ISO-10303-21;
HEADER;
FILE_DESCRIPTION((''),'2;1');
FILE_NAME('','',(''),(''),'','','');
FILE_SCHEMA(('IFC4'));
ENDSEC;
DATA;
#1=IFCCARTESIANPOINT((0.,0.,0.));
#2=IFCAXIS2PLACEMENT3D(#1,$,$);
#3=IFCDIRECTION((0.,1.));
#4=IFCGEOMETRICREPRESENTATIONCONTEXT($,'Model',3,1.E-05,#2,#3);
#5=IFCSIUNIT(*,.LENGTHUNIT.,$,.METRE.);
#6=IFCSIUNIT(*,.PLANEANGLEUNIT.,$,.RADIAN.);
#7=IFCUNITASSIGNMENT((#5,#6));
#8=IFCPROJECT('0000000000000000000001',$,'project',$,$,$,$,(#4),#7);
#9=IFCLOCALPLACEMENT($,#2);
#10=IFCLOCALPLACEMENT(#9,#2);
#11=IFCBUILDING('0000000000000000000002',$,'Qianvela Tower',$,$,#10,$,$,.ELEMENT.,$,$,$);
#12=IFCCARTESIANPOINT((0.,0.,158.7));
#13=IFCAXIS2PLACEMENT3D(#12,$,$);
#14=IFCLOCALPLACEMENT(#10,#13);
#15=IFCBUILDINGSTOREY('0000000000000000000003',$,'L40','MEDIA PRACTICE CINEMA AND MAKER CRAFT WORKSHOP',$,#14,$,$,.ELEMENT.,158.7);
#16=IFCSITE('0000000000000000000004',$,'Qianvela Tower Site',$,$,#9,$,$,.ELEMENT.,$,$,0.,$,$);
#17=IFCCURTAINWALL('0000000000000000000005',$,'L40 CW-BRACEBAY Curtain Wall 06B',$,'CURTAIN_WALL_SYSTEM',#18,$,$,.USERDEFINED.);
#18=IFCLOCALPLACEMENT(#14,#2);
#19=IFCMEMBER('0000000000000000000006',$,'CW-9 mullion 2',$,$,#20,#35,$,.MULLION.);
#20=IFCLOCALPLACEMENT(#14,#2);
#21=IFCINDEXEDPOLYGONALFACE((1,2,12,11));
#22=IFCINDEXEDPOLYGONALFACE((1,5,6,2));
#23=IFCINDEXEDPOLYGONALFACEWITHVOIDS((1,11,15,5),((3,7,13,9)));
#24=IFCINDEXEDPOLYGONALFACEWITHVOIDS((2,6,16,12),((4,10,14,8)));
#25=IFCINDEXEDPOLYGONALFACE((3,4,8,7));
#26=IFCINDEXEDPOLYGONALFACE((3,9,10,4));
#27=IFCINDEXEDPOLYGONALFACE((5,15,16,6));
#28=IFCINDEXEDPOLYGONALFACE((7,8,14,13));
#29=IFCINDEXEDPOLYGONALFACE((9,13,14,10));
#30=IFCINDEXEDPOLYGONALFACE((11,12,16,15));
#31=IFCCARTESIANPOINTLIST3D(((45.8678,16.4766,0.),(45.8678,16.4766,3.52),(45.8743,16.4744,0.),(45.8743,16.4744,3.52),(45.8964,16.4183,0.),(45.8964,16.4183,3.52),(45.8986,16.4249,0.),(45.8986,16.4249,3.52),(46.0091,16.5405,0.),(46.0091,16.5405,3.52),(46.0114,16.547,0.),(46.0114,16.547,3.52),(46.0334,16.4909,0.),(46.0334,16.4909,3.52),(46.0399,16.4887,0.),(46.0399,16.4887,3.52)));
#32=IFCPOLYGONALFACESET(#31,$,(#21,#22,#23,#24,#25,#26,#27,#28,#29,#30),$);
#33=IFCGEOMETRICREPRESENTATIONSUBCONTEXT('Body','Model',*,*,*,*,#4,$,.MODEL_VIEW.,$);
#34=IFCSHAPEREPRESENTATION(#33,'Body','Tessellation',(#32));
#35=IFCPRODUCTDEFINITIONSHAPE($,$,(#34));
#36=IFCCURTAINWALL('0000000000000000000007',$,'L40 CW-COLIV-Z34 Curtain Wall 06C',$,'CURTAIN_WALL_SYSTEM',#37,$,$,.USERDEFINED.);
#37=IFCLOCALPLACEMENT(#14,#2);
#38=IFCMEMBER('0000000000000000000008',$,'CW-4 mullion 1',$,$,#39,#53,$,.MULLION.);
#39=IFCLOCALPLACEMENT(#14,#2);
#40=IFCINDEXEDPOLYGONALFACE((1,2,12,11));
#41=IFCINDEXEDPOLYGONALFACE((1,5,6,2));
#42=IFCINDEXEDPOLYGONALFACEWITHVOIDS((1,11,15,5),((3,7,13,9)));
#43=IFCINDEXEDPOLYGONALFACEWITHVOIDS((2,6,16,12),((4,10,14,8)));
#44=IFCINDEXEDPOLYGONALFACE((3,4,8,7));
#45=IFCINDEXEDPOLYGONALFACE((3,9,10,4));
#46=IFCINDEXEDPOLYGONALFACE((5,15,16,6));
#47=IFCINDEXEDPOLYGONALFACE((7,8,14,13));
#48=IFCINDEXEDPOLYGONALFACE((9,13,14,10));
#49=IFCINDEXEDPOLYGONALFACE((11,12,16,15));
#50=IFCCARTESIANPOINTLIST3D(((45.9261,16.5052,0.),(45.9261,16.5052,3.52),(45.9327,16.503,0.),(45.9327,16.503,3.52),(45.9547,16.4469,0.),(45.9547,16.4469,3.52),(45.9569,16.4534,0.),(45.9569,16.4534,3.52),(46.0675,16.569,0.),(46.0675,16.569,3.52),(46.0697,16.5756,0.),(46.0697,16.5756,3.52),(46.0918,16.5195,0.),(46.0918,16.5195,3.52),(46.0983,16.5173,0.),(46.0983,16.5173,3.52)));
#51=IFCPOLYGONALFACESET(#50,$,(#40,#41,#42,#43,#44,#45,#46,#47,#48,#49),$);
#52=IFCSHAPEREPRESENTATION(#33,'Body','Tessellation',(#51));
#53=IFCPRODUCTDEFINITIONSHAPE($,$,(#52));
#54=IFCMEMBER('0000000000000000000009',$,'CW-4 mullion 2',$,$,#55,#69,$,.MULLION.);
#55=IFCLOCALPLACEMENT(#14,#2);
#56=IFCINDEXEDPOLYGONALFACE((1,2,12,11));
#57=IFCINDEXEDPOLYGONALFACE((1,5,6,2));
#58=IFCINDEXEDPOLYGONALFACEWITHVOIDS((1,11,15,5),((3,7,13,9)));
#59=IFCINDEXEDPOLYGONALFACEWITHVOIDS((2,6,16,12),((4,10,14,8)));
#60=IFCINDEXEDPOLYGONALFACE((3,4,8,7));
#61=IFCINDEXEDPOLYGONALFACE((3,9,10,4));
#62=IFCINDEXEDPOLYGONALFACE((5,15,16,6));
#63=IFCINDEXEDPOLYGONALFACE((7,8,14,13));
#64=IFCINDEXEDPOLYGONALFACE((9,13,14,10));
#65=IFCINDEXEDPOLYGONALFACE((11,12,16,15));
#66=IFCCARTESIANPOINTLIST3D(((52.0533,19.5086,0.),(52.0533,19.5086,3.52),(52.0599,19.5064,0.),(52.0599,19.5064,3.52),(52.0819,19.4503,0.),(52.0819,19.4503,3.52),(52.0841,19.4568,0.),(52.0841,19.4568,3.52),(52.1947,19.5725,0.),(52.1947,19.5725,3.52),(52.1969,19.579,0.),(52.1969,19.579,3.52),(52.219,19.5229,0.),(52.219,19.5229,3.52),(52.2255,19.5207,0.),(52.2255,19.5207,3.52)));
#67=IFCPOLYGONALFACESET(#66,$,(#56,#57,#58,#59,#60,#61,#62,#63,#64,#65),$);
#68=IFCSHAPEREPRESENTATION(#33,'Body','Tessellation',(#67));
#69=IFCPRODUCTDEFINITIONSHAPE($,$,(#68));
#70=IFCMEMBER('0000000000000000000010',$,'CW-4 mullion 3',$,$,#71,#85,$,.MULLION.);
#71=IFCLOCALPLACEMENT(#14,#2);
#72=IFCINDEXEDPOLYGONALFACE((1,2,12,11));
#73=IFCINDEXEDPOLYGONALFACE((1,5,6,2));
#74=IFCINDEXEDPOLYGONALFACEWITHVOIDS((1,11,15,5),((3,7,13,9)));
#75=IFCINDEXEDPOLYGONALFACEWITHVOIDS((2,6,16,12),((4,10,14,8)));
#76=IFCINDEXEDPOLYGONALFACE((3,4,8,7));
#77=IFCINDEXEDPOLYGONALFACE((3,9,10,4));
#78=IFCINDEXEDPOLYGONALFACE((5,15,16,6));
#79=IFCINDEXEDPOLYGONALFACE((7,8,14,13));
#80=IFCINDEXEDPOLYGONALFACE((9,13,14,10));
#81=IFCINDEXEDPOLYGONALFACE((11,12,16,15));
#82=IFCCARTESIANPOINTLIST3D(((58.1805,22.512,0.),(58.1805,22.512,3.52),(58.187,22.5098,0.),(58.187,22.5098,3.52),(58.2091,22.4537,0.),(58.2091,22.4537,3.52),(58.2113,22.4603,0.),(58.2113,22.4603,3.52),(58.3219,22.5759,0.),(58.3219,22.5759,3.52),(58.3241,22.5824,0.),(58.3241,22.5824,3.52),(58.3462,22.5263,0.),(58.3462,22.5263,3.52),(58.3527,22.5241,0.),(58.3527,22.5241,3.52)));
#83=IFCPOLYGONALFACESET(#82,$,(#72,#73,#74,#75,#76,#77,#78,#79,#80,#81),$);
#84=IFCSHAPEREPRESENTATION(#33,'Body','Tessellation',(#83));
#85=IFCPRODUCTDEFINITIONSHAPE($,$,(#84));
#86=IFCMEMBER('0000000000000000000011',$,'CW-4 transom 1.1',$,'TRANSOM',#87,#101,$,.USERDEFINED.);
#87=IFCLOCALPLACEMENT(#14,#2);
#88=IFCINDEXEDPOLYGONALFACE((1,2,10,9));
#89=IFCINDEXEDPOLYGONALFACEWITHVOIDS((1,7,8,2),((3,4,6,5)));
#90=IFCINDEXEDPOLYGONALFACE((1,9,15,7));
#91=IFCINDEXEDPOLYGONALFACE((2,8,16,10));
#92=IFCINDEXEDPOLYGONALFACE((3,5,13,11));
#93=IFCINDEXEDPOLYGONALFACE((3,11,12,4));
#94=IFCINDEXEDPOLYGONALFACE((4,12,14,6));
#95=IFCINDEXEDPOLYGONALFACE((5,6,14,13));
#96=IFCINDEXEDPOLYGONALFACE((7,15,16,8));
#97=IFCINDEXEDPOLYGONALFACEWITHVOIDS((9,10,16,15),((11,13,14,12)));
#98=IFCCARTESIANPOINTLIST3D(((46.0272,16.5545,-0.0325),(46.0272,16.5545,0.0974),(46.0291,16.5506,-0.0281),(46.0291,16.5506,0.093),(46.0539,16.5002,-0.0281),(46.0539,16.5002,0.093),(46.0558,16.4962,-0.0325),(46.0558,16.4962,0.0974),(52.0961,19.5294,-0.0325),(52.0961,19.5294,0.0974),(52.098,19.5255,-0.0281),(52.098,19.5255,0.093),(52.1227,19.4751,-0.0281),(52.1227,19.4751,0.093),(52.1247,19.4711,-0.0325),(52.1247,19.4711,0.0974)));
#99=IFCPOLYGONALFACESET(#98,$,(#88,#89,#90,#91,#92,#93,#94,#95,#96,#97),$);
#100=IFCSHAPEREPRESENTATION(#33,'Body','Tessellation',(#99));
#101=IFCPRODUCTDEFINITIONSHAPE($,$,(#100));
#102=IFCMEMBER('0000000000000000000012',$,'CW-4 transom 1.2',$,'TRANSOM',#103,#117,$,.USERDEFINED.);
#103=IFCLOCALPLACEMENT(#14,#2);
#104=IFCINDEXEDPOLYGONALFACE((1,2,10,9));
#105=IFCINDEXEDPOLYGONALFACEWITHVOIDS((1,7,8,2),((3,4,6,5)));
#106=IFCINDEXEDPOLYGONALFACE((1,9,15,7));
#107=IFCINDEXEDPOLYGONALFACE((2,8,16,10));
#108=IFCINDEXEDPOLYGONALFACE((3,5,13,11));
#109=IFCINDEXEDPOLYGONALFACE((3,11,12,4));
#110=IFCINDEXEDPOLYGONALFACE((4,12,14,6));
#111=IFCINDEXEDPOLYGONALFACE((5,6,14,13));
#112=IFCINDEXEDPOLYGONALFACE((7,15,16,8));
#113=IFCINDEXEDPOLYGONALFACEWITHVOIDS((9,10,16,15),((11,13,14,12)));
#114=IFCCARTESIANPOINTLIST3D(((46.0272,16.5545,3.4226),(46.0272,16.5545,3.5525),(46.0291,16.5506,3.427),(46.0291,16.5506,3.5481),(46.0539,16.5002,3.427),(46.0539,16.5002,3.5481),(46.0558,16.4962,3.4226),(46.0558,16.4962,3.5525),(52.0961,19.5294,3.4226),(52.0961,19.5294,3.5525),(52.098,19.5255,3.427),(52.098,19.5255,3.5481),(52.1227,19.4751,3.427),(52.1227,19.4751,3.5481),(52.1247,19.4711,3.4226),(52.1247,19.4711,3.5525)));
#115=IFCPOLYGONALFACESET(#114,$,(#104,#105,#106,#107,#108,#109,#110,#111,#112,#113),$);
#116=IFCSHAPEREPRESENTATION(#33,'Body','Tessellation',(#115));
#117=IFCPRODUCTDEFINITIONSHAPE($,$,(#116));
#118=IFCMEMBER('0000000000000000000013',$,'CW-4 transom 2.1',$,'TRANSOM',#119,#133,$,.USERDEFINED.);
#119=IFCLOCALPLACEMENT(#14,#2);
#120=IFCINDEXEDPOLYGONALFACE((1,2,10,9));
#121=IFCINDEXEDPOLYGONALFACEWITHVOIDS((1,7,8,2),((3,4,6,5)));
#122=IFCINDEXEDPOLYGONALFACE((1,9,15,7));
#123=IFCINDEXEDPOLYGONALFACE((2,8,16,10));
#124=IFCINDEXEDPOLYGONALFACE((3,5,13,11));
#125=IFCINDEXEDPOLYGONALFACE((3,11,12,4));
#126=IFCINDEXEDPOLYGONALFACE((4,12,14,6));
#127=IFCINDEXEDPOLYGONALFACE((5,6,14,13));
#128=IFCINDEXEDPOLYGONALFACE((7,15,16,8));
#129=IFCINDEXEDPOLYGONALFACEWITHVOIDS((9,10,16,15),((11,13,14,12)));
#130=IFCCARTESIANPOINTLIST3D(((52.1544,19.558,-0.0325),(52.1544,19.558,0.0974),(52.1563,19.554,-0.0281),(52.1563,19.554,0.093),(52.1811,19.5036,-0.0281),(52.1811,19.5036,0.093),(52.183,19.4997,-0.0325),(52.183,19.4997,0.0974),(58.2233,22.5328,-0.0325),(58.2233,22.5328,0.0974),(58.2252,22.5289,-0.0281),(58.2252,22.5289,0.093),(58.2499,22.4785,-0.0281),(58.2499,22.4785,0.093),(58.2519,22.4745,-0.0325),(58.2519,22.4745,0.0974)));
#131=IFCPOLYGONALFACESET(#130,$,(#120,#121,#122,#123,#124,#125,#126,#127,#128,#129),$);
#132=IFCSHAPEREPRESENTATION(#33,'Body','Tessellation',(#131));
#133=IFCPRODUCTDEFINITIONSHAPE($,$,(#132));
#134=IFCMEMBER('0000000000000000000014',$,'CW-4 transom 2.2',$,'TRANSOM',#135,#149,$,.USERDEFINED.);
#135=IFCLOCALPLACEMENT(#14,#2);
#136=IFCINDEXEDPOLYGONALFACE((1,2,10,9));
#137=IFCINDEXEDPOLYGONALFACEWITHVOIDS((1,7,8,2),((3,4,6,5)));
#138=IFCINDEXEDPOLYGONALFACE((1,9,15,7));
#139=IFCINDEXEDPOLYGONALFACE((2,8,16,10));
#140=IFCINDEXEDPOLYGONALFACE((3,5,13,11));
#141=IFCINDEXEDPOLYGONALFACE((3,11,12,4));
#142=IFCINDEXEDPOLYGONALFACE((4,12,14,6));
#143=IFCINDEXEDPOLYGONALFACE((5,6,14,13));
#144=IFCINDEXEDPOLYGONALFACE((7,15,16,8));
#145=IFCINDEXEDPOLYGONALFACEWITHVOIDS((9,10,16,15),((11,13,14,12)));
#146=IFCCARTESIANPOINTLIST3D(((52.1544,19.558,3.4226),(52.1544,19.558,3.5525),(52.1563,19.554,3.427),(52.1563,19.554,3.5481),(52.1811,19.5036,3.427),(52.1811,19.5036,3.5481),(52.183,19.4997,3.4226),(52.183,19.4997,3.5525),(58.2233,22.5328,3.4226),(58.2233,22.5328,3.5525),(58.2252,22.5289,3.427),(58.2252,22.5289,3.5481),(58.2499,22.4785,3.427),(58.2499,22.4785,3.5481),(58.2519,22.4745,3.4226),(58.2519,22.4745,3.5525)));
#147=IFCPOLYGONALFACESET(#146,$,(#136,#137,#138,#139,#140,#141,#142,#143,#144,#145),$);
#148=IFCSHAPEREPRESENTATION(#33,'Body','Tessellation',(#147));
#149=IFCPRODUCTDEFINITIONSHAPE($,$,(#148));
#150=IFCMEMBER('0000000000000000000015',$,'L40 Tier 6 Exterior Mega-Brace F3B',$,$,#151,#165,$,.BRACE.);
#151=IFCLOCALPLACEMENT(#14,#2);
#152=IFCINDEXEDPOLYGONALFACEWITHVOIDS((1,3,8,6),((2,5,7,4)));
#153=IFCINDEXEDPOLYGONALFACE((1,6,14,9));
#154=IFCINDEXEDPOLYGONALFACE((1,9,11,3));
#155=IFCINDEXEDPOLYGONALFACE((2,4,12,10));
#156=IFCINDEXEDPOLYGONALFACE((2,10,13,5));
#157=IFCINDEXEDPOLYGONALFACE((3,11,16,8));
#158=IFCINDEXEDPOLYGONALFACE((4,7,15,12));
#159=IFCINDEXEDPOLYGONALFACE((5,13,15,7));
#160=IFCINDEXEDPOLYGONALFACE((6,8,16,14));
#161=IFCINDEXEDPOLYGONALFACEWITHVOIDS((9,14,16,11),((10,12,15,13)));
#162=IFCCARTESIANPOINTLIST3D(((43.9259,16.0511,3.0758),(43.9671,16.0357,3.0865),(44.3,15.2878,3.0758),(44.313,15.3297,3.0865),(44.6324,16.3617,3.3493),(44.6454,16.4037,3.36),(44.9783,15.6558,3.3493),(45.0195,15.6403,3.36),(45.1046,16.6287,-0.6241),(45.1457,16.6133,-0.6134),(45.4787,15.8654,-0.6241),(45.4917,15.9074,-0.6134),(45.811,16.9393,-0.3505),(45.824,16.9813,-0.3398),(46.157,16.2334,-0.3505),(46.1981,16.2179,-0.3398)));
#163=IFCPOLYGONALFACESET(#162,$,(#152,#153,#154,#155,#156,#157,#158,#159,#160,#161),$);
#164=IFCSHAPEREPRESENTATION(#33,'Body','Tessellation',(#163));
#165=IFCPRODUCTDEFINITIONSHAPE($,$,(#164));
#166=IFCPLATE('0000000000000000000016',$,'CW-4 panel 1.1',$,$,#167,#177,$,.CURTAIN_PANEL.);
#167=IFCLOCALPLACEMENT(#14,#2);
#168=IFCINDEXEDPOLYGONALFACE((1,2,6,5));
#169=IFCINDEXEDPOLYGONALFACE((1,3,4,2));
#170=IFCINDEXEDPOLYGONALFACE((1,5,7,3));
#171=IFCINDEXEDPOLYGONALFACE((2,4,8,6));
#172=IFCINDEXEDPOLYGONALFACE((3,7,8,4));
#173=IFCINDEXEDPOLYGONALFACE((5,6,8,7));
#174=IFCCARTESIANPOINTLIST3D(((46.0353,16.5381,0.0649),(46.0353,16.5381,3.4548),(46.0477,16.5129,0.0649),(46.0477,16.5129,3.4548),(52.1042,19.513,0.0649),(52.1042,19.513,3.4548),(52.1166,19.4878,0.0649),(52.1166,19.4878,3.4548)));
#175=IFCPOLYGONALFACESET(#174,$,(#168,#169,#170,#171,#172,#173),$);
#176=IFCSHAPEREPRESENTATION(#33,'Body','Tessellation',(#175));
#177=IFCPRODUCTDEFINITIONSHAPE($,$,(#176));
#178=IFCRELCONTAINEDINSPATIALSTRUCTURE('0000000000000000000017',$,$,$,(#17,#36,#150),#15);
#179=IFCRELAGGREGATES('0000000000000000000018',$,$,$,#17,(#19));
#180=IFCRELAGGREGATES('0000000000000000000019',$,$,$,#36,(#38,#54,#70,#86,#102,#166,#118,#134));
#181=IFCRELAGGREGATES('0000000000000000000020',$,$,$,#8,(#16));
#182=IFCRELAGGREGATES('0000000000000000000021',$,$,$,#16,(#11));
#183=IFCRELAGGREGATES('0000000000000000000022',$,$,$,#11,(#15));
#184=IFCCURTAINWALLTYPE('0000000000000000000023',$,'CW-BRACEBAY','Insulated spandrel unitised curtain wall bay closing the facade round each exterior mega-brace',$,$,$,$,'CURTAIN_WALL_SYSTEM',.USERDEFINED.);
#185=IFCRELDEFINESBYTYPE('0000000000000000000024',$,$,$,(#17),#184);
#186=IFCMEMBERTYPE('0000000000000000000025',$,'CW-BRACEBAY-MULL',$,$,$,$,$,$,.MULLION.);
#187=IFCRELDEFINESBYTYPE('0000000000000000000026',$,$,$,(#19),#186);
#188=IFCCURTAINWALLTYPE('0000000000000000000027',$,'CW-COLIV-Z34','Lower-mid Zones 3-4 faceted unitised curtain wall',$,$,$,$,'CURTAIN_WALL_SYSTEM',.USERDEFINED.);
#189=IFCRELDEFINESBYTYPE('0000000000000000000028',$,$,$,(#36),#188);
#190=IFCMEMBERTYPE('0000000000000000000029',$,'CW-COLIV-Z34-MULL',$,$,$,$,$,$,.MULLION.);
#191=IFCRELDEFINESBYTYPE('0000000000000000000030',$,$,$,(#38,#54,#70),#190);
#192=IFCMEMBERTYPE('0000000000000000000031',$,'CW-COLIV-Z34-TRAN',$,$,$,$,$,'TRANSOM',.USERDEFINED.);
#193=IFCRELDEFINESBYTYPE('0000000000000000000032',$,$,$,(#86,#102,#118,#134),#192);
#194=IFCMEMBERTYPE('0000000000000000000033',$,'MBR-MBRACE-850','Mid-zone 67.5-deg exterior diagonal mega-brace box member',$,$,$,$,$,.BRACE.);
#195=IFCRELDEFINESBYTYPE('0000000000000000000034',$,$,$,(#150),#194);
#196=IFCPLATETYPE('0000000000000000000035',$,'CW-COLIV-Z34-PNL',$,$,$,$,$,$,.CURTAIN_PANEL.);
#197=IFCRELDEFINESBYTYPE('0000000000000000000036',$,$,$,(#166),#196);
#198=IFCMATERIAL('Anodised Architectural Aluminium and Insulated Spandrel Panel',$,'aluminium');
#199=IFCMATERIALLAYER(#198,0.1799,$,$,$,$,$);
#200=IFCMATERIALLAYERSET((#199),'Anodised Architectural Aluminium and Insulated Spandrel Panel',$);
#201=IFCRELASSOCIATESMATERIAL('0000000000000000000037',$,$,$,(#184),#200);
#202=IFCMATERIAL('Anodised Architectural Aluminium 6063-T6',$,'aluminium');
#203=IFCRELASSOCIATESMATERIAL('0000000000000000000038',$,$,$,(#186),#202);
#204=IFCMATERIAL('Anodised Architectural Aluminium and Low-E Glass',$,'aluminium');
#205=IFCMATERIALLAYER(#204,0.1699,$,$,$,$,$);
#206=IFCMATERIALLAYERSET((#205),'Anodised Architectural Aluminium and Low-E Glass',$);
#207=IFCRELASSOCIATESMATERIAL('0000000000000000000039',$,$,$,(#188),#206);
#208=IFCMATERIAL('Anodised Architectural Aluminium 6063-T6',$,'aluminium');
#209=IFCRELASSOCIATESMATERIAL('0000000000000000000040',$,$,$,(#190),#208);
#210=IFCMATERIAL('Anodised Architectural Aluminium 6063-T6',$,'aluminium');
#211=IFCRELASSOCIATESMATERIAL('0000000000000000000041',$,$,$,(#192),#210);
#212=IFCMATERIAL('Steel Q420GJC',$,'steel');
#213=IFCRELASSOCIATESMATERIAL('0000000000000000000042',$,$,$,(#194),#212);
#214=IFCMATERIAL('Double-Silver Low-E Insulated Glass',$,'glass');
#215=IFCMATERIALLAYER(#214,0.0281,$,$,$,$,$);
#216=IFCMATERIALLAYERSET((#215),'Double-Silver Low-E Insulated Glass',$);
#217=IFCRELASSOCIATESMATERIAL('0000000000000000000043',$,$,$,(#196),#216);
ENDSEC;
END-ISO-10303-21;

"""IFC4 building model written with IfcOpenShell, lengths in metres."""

from ifc_helpers import new_model, si_unit, direction, frame, origin, origin_2d, place, context, subcontext, project, spatial, rectangle, hollow_rectangle, extrude, material, layer, layer_set, material_profile, profile_set, type_object, element, aggregate, save


model = new_model("IFC4")

# Units and contexts
model_context = context("Model", 3, precision=1e-05, world=origin(), true_north=direction((0.0, 1.0)))
body_context = subcontext(model_context, "Body", "Model", "MODEL_VIEW")
ifc_project = project(units=[si_unit("LENGTHUNIT", "METRE"), si_unit("PLANEANGLEUNIT", "RADIAN")], contexts=[model_context])

# Site, building, storey
site_placement = place(None, origin())
site = spatial("IfcSite", under=ifc_project, at=site_placement, Name="Qianvela Tower Site", CompositionType="ELEMENT", RefElevation=0.0)
building_placement = place(site_placement, origin())
building = spatial("IfcBuilding", under=site, at=building_placement, Name="Qianvela Tower", CompositionType="ELEMENT")
storey_placement = place(building_placement, frame((0.0, 0.0, 158.7)))
storey = spatial("IfcBuildingStorey", under=building, at=storey_placement, Name="L40", Description="MEDIA PRACTICE CINEMA AND MAKER CRAFT WORKSHOP", CompositionType="ELEMENT", Elevation=158.7)

# Curtain wall, member
ifc_material_1 = material(Name="Anodised Architectural Aluminium and Insulated Spandrel Panel", Category="aluminium")
ifc_layer_1 = layer(ifc_material_1, 0.1799)
ifc_layer_set_1 = layer_set([ifc_layer_1], Name="Anodised Architectural Aluminium and Insulated Spandrel Panel")
curtain_wall_type_1 = type_object("IfcCurtainWallType", Name="CW-BRACEBAY", Description="Insulated spandrel unitised curtain wall bay closing the facade round each exterior mega-brace", ElementType="CURTAIN_WALL_SYSTEM", PredefinedType="USERDEFINED", material=ifc_layer_set_1)
curtain_wall_1_placement = place(storey_placement, origin())
curtain_wall_1 = element("IfcCurtainWall", 1, at=curtain_wall_1_placement, inside=storey, type_object=curtain_wall_type_1, Name="L40 CW-BRACEBAY Curtain Wall 06B", ObjectType="CURTAIN_WALL_SYSTEM", PredefinedType="USERDEFINED")
ifc_material_2 = material(Name="Anodised Architectural Aluminium 6063-T6", Category="aluminium")
ifc_material_profile_1 = material_profile(ifc_material_2, hollow_rectangle(XDim=0.0649, YDim=0.1599, WallThickness=0.0049, at=origin_2d()), Name="ALU-MULL-65x160")
ifc_profile_set_1 = profile_set([ifc_material_profile_1], Name="Anodised Architectural Aluminium 6063-T6")
member_type_1 = type_object("IfcMemberType", Name="CW-BRACEBAY-MULL", PredefinedType="MULLION", material=ifc_profile_set_1)
member_1_placement = place(storey_placement, frame((45.9539, 16.4827, 0.0), z_axis=(0.0, 0.0, 1.0), x_axis=(-0.440156, 0.897922, 0.0)))
member_1 = element("IfcMember", 2, at=member_1_placement, type_object=member_type_1, Name="CW-9 mullion 2", PredefinedType="MULLION", context=body_context, shape_type="SweptSolid", body=[
    extrude(hollow_rectangle(XDim=0.0649, YDim=0.1599, WallThickness=0.0049, at=origin_2d()), origin(), (0.0, 0.0, 1.0), 3.52),
])
aggregate(curtain_wall_1, [member_1])

# Curtain wall, members
ifc_material_3 = material(Name="Anodised Architectural Aluminium and Low-E Glass", Category="aluminium")
ifc_layer_2 = layer(ifc_material_3, 0.1699)
ifc_layer_set_2 = layer_set([ifc_layer_2], Name="Anodised Architectural Aluminium and Low-E Glass")
curtain_wall_type_2 = type_object("IfcCurtainWallType", Name="CW-COLIV-Z34", Description="Lower-mid Zones 3-4 faceted unitised curtain wall", ElementType="CURTAIN_WALL_SYSTEM", PredefinedType="USERDEFINED", material=ifc_layer_set_2)
curtain_wall_2_placement = place(storey_placement, origin())
curtain_wall_2 = element("IfcCurtainWall", 3, at=curtain_wall_2_placement, inside=storey, type_object=curtain_wall_type_2, Name="L40 CW-COLIV-Z34 Curtain Wall 06C", ObjectType="CURTAIN_WALL_SYSTEM", PredefinedType="USERDEFINED")
ifc_material_4 = material(Name="Anodised Architectural Aluminium 6063-T6", Category="aluminium")
ifc_material_profile_2 = material_profile(ifc_material_4, hollow_rectangle(XDim=0.0649, YDim=0.1599, WallThickness=0.0049, at=origin_2d()), Name="ALU-MULL-65x160")
ifc_profile_set_2 = profile_set([ifc_material_profile_2], Name="Anodised Architectural Aluminium 6063-T6")
member_type_2 = type_object("IfcMemberType", Name="CW-COLIV-Z34-MULL", PredefinedType="MULLION", material=ifc_profile_set_2)
member_2_placement = place(storey_placement, frame((46.0122, 16.5112, 0.0), z_axis=(0.0, 0.0, 1.0), x_axis=(-0.440143, 0.897928, 0.0)))
member_2 = element("IfcMember", 4, at=member_2_placement, type_object=member_type_2, Name="CW-4 mullion 1", PredefinedType="MULLION", context=body_context, shape_type="SweptSolid", body=[
    extrude(hollow_rectangle(XDim=0.0649, YDim=0.1599, WallThickness=0.0049, at=origin_2d()), origin(), (0.0, 0.0, 1.0), 3.52),
])
member_3_placement = place(storey_placement, frame((52.1394, 19.5146, 0.0), z_axis=(0.0, 0.0, 1.0), x_axis=(-0.440143, 0.897928, 0.0)))
member_3 = element("IfcMember", 5, at=member_3_placement, type_object=member_type_2, Name="CW-4 mullion 2", PredefinedType="MULLION", context=body_context, shape_type="SweptSolid", body=[
    extrude(hollow_rectangle(XDim=0.0649, YDim=0.1599, WallThickness=0.0049, at=origin_2d()), origin(), (0.0, 0.0, 1.0), 3.52),
])
member_4_placement = place(storey_placement, frame((58.2666, 22.5181, 0.0), z_axis=(0.0, 0.0, 1.0), x_axis=(-0.440143, 0.897928, 0.0)))
member_4 = element("IfcMember", 6, at=member_4_placement, type_object=member_type_2, Name="CW-4 mullion 3", PredefinedType="MULLION", context=body_context, shape_type="SweptSolid", body=[
    extrude(hollow_rectangle(XDim=0.0649, YDim=0.1599, WallThickness=0.0049, at=origin_2d()), origin(), (0.0, 0.0, 1.0), 3.52),
])
ifc_material_5 = material(Name="Anodised Architectural Aluminium 6063-T6", Category="aluminium")
ifc_material_profile_3 = material_profile(ifc_material_5, hollow_rectangle(XDim=0.0649, YDim=0.1299, WallThickness=0.0044, at=origin_2d()), Name="ALU-TRAN-65x130")
ifc_profile_set_3 = profile_set([ifc_material_profile_3], Name="Anodised Architectural Aluminium 6063-T6")
member_type_3 = type_object("IfcMemberType", Name="CW-COLIV-Z34-TRAN", ElementType="TRANSOM", PredefinedType="USERDEFINED", material=ifc_profile_set_3)
member_5_placement = place(storey_placement, frame((46.0415, 16.5254, 0.0325), z_axis=(0.897925, 0.440149, 0.0), x_axis=(-0.440149, 0.897925, 0.0)))
member_5 = element("IfcMember", 7, at=member_5_placement, type_object=member_type_3, Name="CW-4 transom 1.1", ObjectType="TRANSOM", PredefinedType="USERDEFINED", context=body_context, shape_type="SweptSolid", body=[
    extrude(hollow_rectangle(XDim=0.0649, YDim=0.1299, WallThickness=0.0044, at=origin_2d()), origin(), (0.0, 0.0, 1.0), 6.7588),
])
member_6_placement = place(storey_placement, frame((46.0415, 16.5254, 3.4875), z_axis=(0.897925, 0.440149, 0.0), x_axis=(-0.440149, 0.897925, 0.0)))
member_6 = element("IfcMember", 8, at=member_6_placement, type_object=member_type_3, Name="CW-4 transom 1.2", ObjectType="TRANSOM", PredefinedType="USERDEFINED", context=body_context, shape_type="SweptSolid", body=[
    extrude(hollow_rectangle(XDim=0.0649, YDim=0.1299, WallThickness=0.0044, at=origin_2d()), origin(), (0.0, 0.0, 1.0), 6.7588),
])
member_7_placement = place(storey_placement, frame((52.1687, 19.5288, 0.0325), z_axis=(0.897925, 0.440149, 0.0), x_axis=(-0.440149, 0.897925, 0.0)))
member_7 = element("IfcMember", 9, at=member_7_placement, type_object=member_type_3, Name="CW-4 transom 2.1", ObjectType="TRANSOM", PredefinedType="USERDEFINED", context=body_context, shape_type="SweptSolid", body=[
    extrude(hollow_rectangle(XDim=0.0649, YDim=0.1299, WallThickness=0.0044, at=origin_2d()), origin(), (0.0, 0.0, 1.0), 6.7588),
])
member_8_placement = place(storey_placement, frame((52.1687, 19.5288, 3.4875), z_axis=(0.897925, 0.440149, 0.0), x_axis=(-0.440149, 0.897925, 0.0)))
member_8 = element("IfcMember", 10, at=member_8_placement, type_object=member_type_3, Name="CW-4 transom 2.2", ObjectType="TRANSOM", PredefinedType="USERDEFINED", context=body_context, shape_type="SweptSolid", body=[
    extrude(hollow_rectangle(XDim=0.0649, YDim=0.1299, WallThickness=0.0044, at=origin_2d()), origin(), (0.0, 0.0, 1.0), 6.7588),
])

# Member
ifc_material_6 = material(Name="Steel Q420GJC", Category="steel")
ifc_material_profile_4 = material_profile(ifc_material_6, hollow_rectangle(XDim=0.8501, YDim=0.8501, WallThickness=0.032, at=origin_2d()), Name="MBOX-850x850x32")
ifc_profile_set_4 = profile_set([ifc_material_profile_4], Name="Steel Q420GJC")
member_type_4 = type_object("IfcMemberType", Name="MBR-MBRACE-850", Description="Mid-zone 67.5-deg exterior diagonal mega-brace box member", PredefinedType="BRACE", material=ifc_profile_set_4)
member_9_placement = place(storey_placement, frame((45.6514, 16.4233, -0.4819), z_axis=(-0.30024, -0.147135, 0.942447), x_axis=(0.440057, -0.89797, 0.0)))
element("IfcMember", 11, at=member_9_placement, inside=storey, type_object=member_type_4, Name="L40 Tier 6 Exterior Mega-Brace F3B", PredefinedType="BRACE", context=body_context, shape_type="SweptSolid", body=[
    extrude(hollow_rectangle(XDim=0.8501, YDim=0.8501, WallThickness=0.032, at=origin_2d()), origin(), (0.0, 0.0, 1.0), 3.9258),
])

# Plate
ifc_material_7 = material(Name="Double-Silver Low-E Insulated Glass", Category="glass")
ifc_layer_3 = layer(ifc_material_7, 0.0281)
ifc_layer_set_3 = layer_set([ifc_layer_3], Name="Double-Silver Low-E Insulated Glass")
plate_type_1 = type_object("IfcPlateType", Name="CW-COLIV-Z34-PNL", PredefinedType="CURTAIN_PANEL", material=ifc_layer_set_3)
plate_1_placement = place(storey_placement, frame((49.0759, 18.0129, 0.0649), z_axis=(0.0, 0.0, 1.0), x_axis=(0.897928, 0.440143, 0.0)))
plate_1 = element("IfcPlate", 12, at=plate_1_placement, type_object=plate_type_1, Name="CW-4 panel 1.1", PredefinedType="CURTAIN_PANEL", context=body_context, shape_type="SweptSolid", body=[
    extrude(rectangle(XDim=6.7588, YDim=0.0281, at=origin_2d()), origin(), (0.0, 0.0, 1.0), 3.3899),
])
aggregate(curtain_wall_2, [member_2, member_3, member_4, member_5, member_6, plate_1, member_7, member_8])

save(model, "model.ifc")
